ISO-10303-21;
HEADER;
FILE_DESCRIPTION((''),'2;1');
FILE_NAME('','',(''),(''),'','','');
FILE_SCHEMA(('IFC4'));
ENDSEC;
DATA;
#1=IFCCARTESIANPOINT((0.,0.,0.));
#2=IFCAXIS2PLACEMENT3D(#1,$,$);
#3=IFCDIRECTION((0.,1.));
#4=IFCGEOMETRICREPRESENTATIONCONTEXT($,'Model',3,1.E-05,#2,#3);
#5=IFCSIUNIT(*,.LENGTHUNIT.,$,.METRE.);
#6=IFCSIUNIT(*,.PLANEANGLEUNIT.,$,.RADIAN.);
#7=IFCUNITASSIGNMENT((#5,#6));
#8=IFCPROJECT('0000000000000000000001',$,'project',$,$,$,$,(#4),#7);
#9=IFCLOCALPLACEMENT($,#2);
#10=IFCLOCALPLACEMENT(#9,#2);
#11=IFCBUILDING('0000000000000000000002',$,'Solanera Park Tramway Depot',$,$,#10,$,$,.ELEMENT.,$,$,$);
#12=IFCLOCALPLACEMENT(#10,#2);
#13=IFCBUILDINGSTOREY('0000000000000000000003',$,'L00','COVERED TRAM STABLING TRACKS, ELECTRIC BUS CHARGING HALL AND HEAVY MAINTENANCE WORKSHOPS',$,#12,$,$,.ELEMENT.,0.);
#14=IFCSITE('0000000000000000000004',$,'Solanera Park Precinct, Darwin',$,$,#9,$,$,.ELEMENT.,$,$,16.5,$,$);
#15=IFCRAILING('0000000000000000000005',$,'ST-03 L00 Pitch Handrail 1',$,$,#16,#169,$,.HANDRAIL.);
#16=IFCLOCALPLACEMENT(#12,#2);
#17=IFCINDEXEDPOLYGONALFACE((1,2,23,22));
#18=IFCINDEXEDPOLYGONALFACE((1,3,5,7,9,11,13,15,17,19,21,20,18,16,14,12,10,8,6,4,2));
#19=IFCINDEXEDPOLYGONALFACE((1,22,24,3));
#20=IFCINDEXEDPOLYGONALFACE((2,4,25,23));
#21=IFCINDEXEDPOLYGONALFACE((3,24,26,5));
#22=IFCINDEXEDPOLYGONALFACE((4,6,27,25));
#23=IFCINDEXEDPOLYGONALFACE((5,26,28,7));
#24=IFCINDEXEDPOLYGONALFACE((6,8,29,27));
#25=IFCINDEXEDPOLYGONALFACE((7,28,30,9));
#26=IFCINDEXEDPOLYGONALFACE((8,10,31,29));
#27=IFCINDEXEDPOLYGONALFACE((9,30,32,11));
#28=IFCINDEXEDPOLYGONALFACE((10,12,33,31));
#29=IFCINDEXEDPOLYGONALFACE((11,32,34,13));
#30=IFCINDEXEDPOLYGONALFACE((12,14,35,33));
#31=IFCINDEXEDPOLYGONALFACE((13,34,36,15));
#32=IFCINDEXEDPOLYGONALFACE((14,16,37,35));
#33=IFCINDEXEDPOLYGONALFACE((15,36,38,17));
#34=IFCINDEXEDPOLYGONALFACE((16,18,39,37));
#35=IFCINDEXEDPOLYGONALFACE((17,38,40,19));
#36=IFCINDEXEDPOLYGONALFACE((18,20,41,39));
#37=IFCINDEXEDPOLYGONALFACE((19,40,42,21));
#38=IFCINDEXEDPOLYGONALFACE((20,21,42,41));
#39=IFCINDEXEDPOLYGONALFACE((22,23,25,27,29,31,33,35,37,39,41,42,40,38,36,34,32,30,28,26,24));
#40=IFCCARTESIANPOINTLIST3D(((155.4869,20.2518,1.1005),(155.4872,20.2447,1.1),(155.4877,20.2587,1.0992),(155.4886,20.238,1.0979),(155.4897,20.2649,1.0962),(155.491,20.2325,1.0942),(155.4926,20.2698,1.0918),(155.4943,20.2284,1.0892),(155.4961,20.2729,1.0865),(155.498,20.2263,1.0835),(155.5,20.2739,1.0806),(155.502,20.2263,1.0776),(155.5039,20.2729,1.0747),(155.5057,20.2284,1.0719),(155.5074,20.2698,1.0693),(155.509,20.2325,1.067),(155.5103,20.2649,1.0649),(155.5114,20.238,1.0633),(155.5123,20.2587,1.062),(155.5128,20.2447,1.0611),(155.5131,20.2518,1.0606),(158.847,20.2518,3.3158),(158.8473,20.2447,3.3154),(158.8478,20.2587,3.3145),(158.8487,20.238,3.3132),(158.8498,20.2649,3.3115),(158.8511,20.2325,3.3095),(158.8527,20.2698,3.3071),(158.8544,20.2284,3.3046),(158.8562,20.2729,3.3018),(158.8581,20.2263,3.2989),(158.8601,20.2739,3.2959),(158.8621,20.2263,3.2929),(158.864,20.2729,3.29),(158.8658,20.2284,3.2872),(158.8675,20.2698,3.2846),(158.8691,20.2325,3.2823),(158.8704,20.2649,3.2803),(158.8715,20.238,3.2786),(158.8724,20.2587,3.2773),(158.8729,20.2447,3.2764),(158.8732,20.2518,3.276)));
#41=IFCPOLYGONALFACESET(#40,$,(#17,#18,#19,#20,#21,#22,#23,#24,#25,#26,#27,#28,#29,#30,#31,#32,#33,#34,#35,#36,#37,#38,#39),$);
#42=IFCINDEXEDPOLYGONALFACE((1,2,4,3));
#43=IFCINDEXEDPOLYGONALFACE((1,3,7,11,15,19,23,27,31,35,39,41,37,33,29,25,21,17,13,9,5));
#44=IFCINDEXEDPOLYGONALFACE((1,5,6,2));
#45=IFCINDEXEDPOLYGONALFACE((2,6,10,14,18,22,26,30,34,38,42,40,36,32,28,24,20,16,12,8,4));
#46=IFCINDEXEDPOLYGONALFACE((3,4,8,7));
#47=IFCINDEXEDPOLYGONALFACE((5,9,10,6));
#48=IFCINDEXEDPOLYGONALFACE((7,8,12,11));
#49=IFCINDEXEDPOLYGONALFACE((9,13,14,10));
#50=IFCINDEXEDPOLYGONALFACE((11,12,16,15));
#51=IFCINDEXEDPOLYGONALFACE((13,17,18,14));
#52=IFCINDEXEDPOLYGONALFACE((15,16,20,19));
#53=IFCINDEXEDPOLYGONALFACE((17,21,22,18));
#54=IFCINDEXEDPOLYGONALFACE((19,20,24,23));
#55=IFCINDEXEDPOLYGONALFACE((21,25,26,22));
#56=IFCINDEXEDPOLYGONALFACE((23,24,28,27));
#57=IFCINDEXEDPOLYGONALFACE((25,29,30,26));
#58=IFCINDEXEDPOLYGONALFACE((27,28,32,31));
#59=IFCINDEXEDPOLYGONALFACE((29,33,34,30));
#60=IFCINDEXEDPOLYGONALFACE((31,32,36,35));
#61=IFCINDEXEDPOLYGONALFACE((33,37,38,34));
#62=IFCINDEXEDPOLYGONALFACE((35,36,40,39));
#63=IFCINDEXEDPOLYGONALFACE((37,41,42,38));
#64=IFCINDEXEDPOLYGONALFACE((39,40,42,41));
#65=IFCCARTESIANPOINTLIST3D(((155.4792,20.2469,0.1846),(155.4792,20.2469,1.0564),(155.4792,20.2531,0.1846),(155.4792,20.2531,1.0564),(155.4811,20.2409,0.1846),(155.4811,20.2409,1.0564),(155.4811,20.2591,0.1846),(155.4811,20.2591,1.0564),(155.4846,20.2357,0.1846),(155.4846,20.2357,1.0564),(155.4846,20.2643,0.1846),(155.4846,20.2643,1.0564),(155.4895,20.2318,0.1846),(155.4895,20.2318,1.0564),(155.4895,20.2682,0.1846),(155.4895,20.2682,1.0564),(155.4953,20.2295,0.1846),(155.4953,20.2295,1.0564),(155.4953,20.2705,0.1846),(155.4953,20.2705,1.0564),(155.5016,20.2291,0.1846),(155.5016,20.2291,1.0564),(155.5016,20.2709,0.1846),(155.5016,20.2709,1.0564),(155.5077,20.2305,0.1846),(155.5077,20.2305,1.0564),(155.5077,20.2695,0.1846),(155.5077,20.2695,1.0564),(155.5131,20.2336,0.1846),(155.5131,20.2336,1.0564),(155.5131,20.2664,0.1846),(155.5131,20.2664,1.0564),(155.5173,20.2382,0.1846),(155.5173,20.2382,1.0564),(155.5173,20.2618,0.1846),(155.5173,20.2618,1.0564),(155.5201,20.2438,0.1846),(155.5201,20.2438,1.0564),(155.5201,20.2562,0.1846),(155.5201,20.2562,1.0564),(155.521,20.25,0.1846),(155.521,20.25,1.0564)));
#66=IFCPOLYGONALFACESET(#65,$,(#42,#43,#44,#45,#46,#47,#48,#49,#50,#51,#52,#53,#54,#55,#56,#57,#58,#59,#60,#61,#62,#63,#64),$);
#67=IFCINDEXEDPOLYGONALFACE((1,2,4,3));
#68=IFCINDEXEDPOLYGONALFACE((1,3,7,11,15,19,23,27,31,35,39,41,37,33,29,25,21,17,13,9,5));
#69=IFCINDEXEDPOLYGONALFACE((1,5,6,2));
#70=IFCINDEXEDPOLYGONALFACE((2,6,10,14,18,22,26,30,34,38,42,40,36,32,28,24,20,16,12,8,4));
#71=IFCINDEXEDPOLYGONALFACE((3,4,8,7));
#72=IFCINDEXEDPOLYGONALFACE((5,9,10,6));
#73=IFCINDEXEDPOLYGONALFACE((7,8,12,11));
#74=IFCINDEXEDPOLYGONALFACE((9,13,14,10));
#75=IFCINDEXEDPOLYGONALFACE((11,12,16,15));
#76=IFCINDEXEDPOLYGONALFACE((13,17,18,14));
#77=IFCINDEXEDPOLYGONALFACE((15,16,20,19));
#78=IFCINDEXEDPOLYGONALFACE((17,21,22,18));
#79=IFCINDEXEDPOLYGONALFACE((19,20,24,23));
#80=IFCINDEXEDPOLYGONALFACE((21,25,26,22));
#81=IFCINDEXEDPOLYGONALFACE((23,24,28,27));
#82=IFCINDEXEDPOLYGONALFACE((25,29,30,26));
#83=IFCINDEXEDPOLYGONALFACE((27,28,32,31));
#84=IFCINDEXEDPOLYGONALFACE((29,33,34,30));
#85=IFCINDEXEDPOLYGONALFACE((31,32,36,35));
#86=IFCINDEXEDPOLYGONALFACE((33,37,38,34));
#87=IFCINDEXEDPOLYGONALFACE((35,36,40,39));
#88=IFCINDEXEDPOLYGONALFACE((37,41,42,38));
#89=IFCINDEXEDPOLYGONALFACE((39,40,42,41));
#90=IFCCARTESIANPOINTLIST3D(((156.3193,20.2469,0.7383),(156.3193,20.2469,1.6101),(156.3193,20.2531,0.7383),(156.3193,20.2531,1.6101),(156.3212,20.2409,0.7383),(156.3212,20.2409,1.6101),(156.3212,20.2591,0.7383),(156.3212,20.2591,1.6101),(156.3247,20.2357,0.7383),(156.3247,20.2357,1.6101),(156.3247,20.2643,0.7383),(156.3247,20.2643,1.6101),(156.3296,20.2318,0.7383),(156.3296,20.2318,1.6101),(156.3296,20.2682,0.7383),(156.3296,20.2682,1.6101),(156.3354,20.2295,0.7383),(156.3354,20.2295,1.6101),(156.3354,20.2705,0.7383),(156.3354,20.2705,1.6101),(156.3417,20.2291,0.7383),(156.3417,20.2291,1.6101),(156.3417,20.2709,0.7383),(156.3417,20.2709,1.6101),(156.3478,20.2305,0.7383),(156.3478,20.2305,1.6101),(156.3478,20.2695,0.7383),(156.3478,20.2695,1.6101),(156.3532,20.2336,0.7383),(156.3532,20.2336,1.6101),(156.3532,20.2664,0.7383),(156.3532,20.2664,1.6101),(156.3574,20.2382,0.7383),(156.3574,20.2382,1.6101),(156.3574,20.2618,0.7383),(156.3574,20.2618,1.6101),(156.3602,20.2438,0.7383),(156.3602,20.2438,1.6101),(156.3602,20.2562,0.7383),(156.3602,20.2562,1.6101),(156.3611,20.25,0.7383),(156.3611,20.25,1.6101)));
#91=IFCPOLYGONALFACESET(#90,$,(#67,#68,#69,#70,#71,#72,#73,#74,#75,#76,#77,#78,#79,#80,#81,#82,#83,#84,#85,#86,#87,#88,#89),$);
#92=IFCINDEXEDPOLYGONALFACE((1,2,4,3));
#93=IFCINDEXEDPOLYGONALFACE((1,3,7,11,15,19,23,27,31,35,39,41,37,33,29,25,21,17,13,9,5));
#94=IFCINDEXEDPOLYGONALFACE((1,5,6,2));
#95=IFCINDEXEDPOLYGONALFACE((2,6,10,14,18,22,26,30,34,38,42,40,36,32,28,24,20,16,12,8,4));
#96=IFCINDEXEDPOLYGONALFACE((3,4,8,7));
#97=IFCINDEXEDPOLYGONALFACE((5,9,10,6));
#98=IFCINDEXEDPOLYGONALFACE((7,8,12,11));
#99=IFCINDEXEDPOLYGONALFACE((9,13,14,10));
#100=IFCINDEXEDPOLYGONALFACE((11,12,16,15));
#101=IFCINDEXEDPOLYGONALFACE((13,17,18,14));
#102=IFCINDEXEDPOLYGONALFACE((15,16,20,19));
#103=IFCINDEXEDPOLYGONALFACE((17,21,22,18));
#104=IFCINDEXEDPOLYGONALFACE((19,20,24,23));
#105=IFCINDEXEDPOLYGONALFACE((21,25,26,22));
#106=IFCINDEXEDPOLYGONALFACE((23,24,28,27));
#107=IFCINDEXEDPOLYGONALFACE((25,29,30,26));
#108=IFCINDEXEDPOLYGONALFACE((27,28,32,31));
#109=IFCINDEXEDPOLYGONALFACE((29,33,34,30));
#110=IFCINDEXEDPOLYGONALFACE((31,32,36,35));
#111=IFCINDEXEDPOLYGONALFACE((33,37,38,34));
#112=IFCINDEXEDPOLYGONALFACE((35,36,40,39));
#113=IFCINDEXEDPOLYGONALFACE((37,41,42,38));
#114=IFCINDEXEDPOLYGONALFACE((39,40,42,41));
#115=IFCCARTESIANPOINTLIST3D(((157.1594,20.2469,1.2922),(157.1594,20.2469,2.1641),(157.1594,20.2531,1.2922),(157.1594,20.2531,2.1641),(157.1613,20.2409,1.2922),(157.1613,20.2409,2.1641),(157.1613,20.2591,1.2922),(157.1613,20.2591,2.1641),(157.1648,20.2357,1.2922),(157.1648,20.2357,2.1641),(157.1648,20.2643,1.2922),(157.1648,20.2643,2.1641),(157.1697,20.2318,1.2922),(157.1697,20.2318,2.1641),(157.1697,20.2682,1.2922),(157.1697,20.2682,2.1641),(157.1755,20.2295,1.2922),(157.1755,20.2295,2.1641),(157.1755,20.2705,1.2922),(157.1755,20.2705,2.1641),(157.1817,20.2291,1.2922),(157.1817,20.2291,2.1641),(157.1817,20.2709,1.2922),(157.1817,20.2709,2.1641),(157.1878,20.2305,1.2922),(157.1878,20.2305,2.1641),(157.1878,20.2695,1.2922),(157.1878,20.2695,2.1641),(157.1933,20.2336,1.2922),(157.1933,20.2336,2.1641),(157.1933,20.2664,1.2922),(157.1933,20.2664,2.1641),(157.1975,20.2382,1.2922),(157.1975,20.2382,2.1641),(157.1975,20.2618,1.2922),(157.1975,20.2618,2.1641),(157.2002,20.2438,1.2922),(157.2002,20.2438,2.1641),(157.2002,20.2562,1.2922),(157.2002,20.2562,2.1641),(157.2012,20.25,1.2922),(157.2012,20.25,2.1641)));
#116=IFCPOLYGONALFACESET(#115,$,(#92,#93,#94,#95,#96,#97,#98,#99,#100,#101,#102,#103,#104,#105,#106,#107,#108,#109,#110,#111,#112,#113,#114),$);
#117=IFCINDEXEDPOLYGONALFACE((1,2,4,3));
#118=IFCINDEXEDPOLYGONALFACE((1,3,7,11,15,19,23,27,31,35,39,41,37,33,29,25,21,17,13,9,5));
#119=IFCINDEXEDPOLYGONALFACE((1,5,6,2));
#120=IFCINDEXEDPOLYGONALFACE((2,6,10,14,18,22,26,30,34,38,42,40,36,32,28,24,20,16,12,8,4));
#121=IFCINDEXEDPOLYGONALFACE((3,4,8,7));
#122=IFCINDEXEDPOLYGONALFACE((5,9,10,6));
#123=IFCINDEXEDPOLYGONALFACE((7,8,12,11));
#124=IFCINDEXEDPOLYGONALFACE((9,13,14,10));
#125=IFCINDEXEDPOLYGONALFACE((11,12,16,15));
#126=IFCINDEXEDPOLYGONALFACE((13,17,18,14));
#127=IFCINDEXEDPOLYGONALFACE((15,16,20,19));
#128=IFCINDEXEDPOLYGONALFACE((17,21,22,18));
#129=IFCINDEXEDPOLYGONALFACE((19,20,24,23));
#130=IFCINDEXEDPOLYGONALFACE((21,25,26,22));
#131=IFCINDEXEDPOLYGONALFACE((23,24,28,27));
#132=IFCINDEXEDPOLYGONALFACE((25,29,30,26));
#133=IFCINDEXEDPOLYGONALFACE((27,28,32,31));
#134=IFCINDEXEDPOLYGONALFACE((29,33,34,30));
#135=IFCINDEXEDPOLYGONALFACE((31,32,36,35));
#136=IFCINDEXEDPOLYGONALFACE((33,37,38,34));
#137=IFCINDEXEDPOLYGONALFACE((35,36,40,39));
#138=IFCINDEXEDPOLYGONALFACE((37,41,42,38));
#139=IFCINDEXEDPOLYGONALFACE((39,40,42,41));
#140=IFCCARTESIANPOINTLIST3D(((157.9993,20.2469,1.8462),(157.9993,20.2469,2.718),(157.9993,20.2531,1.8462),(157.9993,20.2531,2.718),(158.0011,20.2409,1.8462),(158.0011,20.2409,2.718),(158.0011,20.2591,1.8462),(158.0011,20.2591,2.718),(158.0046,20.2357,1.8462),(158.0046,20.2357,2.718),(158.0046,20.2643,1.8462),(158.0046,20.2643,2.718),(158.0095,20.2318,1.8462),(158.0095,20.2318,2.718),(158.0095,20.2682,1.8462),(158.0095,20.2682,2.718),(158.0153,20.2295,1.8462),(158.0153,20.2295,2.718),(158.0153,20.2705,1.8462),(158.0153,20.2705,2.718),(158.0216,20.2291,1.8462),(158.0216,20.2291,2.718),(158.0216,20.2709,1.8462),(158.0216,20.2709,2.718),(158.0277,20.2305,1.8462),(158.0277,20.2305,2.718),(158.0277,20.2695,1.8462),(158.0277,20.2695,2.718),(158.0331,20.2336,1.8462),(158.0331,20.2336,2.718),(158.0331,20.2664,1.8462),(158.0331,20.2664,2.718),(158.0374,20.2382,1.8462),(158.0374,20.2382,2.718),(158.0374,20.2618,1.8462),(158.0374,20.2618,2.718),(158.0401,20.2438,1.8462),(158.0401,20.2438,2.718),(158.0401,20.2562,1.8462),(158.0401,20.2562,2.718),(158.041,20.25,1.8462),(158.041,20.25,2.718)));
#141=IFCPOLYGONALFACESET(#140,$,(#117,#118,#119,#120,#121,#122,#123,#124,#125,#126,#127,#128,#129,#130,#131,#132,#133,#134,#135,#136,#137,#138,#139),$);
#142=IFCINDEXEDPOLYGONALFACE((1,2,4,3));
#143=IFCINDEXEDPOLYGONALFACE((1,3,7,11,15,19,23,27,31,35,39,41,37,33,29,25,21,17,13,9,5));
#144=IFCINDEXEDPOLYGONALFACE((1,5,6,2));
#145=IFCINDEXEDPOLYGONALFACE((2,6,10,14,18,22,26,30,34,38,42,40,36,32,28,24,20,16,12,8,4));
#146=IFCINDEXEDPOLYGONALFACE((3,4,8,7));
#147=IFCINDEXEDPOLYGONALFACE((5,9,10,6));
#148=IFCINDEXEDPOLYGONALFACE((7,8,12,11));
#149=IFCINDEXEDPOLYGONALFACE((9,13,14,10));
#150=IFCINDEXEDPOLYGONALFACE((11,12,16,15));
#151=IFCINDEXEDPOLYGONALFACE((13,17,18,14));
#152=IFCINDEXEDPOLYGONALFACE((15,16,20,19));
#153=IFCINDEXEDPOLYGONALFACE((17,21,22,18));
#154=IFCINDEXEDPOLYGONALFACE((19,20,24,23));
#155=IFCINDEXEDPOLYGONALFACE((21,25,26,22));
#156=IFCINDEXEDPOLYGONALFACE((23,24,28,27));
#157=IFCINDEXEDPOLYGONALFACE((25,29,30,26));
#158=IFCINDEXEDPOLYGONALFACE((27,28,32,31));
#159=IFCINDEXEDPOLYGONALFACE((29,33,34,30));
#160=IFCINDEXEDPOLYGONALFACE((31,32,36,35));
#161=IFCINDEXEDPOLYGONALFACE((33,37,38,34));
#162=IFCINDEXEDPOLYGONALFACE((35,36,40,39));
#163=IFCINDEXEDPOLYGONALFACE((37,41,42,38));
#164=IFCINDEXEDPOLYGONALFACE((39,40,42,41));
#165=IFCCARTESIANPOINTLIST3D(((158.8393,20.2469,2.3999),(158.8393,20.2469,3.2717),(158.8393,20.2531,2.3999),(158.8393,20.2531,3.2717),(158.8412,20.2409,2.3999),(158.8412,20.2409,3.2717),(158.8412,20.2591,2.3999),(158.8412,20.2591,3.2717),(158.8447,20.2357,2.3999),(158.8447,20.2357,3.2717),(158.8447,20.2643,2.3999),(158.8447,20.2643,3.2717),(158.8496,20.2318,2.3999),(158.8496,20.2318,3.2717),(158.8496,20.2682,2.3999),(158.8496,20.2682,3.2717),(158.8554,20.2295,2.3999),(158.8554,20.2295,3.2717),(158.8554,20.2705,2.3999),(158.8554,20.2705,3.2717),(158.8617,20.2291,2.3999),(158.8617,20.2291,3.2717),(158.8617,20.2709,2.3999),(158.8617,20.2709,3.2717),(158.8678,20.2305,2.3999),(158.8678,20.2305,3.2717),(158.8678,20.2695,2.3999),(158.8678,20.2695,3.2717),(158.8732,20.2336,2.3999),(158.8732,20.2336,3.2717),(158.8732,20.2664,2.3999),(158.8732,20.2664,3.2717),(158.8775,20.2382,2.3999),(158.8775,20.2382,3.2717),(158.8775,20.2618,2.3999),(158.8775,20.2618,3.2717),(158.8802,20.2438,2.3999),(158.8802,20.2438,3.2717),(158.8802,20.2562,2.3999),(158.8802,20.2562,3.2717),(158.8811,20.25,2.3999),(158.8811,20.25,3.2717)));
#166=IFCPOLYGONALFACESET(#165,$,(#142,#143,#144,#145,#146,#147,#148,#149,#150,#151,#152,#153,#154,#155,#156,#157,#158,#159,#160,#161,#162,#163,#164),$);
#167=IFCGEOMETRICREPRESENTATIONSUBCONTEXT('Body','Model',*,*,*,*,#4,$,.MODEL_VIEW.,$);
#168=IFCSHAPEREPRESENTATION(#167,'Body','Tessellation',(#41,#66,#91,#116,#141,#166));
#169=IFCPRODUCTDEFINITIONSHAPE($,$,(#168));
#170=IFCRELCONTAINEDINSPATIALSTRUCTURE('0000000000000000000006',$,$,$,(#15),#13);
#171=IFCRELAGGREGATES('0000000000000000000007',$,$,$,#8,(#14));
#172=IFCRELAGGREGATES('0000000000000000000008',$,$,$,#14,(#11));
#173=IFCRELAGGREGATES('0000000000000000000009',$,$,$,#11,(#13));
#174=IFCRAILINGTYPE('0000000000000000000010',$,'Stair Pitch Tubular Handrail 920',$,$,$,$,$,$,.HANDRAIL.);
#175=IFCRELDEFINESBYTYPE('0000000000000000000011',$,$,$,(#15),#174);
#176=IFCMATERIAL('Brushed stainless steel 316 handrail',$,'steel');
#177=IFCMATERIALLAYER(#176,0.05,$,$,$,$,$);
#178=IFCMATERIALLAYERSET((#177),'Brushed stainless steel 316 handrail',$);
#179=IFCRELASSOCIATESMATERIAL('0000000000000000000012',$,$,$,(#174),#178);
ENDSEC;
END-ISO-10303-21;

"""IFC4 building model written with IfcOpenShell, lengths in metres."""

from ifc_helpers import new_model, si_unit, direction, frame, origin, origin_2d, place, context, subcontext, project, spatial, circle, extrude, material, layer, layer_set, type_object, element, save


model = new_model("IFC4")

# Units and contexts
model_context = context("Model", 3, precision=1e-05, world=origin(), true_north=direction((0.0, 1.0)))
body_context = subcontext(model_context, "Body", "Model", "MODEL_VIEW")
ifc_project = project(units=[si_unit("LENGTHUNIT", "METRE"), si_unit("PLANEANGLEUNIT", "RADIAN")], contexts=[model_context])

# Site, building, storey
site_placement = place(None, origin())
site = spatial("IfcSite", under=ifc_project, at=site_placement, Name="Solanera Park Precinct, Darwin", CompositionType="ELEMENT", RefElevation=16.5)
building_placement = place(site_placement, origin())
building = spatial("IfcBuilding", under=site, at=building_placement, Name="Solanera Park Tramway Depot", CompositionType="ELEMENT")
storey_placement = place(building_placement, origin())
storey = spatial("IfcBuildingStorey", under=building, at=storey_placement, Name="L00", Description="COVERED TRAM STABLING TRACKS, ELECTRIC BUS CHARGING HALL AND HEAVY MAINTENANCE WORKSHOPS", CompositionType="ELEMENT", Elevation=0.0)

# Railing
ifc_material_1 = material(Name="Brushed stainless steel 316 handrail", Category="steel")
ifc_layer_1 = layer(ifc_material_1, 0.05)
ifc_layer_set_1 = layer_set([ifc_layer_1], Name="Brushed stainless steel 316 handrail")
railing_type_1 = type_object("IfcRailingType", Name="Stair Pitch Tubular Handrail 920", PredefinedType="HANDRAIL", material=ifc_layer_set_1)
railing_1_placement = place(storey_placement, frame((155.5, 20.25, 0.1846)))
element("IfcRailing", 1, at=railing_1_placement, inside=storey, type_object=railing_type_1, Name="ST-03 L00 Pitch Handrail 1", PredefinedType="HANDRAIL", context=body_context, shape_type="SweptSolid", body=[
    extrude(circle(Radius=0.0239, at=origin_2d()), frame((0.0, 0.0, 0.896), z_axis=(0.834876, 0.0, 0.550437), x_axis=(0.0, 1.0, 0.0)), (0.0, 0.0, 1.0), 4.0247),
    extrude(circle(Radius=0.021, at=origin_2d()), origin(), (0.0, 0.0, 1.0), 0.8718),
    extrude(circle(Radius=0.021, at=origin_2d()), frame((0.8401, 0.0, 0.5537)), (0.0, 0.0, 1.0), 0.8718),
    extrude(circle(Radius=0.021, at=origin_2d()), frame((1.6802, 0.0, 1.1077)), (0.0, 0.0, 1.0), 0.8718),
    extrude(circle(Radius=0.021, at=origin_2d()), frame((2.52, 0.0, 1.6616)), (0.0, 0.0, 1.0), 0.8718),
    extrude(circle(Radius=0.021, at=origin_2d()), frame((3.3601, 0.0, 2.2153)), (0.0, 0.0, 1.0), 0.8718),
])

save(model, "model.ifc")
